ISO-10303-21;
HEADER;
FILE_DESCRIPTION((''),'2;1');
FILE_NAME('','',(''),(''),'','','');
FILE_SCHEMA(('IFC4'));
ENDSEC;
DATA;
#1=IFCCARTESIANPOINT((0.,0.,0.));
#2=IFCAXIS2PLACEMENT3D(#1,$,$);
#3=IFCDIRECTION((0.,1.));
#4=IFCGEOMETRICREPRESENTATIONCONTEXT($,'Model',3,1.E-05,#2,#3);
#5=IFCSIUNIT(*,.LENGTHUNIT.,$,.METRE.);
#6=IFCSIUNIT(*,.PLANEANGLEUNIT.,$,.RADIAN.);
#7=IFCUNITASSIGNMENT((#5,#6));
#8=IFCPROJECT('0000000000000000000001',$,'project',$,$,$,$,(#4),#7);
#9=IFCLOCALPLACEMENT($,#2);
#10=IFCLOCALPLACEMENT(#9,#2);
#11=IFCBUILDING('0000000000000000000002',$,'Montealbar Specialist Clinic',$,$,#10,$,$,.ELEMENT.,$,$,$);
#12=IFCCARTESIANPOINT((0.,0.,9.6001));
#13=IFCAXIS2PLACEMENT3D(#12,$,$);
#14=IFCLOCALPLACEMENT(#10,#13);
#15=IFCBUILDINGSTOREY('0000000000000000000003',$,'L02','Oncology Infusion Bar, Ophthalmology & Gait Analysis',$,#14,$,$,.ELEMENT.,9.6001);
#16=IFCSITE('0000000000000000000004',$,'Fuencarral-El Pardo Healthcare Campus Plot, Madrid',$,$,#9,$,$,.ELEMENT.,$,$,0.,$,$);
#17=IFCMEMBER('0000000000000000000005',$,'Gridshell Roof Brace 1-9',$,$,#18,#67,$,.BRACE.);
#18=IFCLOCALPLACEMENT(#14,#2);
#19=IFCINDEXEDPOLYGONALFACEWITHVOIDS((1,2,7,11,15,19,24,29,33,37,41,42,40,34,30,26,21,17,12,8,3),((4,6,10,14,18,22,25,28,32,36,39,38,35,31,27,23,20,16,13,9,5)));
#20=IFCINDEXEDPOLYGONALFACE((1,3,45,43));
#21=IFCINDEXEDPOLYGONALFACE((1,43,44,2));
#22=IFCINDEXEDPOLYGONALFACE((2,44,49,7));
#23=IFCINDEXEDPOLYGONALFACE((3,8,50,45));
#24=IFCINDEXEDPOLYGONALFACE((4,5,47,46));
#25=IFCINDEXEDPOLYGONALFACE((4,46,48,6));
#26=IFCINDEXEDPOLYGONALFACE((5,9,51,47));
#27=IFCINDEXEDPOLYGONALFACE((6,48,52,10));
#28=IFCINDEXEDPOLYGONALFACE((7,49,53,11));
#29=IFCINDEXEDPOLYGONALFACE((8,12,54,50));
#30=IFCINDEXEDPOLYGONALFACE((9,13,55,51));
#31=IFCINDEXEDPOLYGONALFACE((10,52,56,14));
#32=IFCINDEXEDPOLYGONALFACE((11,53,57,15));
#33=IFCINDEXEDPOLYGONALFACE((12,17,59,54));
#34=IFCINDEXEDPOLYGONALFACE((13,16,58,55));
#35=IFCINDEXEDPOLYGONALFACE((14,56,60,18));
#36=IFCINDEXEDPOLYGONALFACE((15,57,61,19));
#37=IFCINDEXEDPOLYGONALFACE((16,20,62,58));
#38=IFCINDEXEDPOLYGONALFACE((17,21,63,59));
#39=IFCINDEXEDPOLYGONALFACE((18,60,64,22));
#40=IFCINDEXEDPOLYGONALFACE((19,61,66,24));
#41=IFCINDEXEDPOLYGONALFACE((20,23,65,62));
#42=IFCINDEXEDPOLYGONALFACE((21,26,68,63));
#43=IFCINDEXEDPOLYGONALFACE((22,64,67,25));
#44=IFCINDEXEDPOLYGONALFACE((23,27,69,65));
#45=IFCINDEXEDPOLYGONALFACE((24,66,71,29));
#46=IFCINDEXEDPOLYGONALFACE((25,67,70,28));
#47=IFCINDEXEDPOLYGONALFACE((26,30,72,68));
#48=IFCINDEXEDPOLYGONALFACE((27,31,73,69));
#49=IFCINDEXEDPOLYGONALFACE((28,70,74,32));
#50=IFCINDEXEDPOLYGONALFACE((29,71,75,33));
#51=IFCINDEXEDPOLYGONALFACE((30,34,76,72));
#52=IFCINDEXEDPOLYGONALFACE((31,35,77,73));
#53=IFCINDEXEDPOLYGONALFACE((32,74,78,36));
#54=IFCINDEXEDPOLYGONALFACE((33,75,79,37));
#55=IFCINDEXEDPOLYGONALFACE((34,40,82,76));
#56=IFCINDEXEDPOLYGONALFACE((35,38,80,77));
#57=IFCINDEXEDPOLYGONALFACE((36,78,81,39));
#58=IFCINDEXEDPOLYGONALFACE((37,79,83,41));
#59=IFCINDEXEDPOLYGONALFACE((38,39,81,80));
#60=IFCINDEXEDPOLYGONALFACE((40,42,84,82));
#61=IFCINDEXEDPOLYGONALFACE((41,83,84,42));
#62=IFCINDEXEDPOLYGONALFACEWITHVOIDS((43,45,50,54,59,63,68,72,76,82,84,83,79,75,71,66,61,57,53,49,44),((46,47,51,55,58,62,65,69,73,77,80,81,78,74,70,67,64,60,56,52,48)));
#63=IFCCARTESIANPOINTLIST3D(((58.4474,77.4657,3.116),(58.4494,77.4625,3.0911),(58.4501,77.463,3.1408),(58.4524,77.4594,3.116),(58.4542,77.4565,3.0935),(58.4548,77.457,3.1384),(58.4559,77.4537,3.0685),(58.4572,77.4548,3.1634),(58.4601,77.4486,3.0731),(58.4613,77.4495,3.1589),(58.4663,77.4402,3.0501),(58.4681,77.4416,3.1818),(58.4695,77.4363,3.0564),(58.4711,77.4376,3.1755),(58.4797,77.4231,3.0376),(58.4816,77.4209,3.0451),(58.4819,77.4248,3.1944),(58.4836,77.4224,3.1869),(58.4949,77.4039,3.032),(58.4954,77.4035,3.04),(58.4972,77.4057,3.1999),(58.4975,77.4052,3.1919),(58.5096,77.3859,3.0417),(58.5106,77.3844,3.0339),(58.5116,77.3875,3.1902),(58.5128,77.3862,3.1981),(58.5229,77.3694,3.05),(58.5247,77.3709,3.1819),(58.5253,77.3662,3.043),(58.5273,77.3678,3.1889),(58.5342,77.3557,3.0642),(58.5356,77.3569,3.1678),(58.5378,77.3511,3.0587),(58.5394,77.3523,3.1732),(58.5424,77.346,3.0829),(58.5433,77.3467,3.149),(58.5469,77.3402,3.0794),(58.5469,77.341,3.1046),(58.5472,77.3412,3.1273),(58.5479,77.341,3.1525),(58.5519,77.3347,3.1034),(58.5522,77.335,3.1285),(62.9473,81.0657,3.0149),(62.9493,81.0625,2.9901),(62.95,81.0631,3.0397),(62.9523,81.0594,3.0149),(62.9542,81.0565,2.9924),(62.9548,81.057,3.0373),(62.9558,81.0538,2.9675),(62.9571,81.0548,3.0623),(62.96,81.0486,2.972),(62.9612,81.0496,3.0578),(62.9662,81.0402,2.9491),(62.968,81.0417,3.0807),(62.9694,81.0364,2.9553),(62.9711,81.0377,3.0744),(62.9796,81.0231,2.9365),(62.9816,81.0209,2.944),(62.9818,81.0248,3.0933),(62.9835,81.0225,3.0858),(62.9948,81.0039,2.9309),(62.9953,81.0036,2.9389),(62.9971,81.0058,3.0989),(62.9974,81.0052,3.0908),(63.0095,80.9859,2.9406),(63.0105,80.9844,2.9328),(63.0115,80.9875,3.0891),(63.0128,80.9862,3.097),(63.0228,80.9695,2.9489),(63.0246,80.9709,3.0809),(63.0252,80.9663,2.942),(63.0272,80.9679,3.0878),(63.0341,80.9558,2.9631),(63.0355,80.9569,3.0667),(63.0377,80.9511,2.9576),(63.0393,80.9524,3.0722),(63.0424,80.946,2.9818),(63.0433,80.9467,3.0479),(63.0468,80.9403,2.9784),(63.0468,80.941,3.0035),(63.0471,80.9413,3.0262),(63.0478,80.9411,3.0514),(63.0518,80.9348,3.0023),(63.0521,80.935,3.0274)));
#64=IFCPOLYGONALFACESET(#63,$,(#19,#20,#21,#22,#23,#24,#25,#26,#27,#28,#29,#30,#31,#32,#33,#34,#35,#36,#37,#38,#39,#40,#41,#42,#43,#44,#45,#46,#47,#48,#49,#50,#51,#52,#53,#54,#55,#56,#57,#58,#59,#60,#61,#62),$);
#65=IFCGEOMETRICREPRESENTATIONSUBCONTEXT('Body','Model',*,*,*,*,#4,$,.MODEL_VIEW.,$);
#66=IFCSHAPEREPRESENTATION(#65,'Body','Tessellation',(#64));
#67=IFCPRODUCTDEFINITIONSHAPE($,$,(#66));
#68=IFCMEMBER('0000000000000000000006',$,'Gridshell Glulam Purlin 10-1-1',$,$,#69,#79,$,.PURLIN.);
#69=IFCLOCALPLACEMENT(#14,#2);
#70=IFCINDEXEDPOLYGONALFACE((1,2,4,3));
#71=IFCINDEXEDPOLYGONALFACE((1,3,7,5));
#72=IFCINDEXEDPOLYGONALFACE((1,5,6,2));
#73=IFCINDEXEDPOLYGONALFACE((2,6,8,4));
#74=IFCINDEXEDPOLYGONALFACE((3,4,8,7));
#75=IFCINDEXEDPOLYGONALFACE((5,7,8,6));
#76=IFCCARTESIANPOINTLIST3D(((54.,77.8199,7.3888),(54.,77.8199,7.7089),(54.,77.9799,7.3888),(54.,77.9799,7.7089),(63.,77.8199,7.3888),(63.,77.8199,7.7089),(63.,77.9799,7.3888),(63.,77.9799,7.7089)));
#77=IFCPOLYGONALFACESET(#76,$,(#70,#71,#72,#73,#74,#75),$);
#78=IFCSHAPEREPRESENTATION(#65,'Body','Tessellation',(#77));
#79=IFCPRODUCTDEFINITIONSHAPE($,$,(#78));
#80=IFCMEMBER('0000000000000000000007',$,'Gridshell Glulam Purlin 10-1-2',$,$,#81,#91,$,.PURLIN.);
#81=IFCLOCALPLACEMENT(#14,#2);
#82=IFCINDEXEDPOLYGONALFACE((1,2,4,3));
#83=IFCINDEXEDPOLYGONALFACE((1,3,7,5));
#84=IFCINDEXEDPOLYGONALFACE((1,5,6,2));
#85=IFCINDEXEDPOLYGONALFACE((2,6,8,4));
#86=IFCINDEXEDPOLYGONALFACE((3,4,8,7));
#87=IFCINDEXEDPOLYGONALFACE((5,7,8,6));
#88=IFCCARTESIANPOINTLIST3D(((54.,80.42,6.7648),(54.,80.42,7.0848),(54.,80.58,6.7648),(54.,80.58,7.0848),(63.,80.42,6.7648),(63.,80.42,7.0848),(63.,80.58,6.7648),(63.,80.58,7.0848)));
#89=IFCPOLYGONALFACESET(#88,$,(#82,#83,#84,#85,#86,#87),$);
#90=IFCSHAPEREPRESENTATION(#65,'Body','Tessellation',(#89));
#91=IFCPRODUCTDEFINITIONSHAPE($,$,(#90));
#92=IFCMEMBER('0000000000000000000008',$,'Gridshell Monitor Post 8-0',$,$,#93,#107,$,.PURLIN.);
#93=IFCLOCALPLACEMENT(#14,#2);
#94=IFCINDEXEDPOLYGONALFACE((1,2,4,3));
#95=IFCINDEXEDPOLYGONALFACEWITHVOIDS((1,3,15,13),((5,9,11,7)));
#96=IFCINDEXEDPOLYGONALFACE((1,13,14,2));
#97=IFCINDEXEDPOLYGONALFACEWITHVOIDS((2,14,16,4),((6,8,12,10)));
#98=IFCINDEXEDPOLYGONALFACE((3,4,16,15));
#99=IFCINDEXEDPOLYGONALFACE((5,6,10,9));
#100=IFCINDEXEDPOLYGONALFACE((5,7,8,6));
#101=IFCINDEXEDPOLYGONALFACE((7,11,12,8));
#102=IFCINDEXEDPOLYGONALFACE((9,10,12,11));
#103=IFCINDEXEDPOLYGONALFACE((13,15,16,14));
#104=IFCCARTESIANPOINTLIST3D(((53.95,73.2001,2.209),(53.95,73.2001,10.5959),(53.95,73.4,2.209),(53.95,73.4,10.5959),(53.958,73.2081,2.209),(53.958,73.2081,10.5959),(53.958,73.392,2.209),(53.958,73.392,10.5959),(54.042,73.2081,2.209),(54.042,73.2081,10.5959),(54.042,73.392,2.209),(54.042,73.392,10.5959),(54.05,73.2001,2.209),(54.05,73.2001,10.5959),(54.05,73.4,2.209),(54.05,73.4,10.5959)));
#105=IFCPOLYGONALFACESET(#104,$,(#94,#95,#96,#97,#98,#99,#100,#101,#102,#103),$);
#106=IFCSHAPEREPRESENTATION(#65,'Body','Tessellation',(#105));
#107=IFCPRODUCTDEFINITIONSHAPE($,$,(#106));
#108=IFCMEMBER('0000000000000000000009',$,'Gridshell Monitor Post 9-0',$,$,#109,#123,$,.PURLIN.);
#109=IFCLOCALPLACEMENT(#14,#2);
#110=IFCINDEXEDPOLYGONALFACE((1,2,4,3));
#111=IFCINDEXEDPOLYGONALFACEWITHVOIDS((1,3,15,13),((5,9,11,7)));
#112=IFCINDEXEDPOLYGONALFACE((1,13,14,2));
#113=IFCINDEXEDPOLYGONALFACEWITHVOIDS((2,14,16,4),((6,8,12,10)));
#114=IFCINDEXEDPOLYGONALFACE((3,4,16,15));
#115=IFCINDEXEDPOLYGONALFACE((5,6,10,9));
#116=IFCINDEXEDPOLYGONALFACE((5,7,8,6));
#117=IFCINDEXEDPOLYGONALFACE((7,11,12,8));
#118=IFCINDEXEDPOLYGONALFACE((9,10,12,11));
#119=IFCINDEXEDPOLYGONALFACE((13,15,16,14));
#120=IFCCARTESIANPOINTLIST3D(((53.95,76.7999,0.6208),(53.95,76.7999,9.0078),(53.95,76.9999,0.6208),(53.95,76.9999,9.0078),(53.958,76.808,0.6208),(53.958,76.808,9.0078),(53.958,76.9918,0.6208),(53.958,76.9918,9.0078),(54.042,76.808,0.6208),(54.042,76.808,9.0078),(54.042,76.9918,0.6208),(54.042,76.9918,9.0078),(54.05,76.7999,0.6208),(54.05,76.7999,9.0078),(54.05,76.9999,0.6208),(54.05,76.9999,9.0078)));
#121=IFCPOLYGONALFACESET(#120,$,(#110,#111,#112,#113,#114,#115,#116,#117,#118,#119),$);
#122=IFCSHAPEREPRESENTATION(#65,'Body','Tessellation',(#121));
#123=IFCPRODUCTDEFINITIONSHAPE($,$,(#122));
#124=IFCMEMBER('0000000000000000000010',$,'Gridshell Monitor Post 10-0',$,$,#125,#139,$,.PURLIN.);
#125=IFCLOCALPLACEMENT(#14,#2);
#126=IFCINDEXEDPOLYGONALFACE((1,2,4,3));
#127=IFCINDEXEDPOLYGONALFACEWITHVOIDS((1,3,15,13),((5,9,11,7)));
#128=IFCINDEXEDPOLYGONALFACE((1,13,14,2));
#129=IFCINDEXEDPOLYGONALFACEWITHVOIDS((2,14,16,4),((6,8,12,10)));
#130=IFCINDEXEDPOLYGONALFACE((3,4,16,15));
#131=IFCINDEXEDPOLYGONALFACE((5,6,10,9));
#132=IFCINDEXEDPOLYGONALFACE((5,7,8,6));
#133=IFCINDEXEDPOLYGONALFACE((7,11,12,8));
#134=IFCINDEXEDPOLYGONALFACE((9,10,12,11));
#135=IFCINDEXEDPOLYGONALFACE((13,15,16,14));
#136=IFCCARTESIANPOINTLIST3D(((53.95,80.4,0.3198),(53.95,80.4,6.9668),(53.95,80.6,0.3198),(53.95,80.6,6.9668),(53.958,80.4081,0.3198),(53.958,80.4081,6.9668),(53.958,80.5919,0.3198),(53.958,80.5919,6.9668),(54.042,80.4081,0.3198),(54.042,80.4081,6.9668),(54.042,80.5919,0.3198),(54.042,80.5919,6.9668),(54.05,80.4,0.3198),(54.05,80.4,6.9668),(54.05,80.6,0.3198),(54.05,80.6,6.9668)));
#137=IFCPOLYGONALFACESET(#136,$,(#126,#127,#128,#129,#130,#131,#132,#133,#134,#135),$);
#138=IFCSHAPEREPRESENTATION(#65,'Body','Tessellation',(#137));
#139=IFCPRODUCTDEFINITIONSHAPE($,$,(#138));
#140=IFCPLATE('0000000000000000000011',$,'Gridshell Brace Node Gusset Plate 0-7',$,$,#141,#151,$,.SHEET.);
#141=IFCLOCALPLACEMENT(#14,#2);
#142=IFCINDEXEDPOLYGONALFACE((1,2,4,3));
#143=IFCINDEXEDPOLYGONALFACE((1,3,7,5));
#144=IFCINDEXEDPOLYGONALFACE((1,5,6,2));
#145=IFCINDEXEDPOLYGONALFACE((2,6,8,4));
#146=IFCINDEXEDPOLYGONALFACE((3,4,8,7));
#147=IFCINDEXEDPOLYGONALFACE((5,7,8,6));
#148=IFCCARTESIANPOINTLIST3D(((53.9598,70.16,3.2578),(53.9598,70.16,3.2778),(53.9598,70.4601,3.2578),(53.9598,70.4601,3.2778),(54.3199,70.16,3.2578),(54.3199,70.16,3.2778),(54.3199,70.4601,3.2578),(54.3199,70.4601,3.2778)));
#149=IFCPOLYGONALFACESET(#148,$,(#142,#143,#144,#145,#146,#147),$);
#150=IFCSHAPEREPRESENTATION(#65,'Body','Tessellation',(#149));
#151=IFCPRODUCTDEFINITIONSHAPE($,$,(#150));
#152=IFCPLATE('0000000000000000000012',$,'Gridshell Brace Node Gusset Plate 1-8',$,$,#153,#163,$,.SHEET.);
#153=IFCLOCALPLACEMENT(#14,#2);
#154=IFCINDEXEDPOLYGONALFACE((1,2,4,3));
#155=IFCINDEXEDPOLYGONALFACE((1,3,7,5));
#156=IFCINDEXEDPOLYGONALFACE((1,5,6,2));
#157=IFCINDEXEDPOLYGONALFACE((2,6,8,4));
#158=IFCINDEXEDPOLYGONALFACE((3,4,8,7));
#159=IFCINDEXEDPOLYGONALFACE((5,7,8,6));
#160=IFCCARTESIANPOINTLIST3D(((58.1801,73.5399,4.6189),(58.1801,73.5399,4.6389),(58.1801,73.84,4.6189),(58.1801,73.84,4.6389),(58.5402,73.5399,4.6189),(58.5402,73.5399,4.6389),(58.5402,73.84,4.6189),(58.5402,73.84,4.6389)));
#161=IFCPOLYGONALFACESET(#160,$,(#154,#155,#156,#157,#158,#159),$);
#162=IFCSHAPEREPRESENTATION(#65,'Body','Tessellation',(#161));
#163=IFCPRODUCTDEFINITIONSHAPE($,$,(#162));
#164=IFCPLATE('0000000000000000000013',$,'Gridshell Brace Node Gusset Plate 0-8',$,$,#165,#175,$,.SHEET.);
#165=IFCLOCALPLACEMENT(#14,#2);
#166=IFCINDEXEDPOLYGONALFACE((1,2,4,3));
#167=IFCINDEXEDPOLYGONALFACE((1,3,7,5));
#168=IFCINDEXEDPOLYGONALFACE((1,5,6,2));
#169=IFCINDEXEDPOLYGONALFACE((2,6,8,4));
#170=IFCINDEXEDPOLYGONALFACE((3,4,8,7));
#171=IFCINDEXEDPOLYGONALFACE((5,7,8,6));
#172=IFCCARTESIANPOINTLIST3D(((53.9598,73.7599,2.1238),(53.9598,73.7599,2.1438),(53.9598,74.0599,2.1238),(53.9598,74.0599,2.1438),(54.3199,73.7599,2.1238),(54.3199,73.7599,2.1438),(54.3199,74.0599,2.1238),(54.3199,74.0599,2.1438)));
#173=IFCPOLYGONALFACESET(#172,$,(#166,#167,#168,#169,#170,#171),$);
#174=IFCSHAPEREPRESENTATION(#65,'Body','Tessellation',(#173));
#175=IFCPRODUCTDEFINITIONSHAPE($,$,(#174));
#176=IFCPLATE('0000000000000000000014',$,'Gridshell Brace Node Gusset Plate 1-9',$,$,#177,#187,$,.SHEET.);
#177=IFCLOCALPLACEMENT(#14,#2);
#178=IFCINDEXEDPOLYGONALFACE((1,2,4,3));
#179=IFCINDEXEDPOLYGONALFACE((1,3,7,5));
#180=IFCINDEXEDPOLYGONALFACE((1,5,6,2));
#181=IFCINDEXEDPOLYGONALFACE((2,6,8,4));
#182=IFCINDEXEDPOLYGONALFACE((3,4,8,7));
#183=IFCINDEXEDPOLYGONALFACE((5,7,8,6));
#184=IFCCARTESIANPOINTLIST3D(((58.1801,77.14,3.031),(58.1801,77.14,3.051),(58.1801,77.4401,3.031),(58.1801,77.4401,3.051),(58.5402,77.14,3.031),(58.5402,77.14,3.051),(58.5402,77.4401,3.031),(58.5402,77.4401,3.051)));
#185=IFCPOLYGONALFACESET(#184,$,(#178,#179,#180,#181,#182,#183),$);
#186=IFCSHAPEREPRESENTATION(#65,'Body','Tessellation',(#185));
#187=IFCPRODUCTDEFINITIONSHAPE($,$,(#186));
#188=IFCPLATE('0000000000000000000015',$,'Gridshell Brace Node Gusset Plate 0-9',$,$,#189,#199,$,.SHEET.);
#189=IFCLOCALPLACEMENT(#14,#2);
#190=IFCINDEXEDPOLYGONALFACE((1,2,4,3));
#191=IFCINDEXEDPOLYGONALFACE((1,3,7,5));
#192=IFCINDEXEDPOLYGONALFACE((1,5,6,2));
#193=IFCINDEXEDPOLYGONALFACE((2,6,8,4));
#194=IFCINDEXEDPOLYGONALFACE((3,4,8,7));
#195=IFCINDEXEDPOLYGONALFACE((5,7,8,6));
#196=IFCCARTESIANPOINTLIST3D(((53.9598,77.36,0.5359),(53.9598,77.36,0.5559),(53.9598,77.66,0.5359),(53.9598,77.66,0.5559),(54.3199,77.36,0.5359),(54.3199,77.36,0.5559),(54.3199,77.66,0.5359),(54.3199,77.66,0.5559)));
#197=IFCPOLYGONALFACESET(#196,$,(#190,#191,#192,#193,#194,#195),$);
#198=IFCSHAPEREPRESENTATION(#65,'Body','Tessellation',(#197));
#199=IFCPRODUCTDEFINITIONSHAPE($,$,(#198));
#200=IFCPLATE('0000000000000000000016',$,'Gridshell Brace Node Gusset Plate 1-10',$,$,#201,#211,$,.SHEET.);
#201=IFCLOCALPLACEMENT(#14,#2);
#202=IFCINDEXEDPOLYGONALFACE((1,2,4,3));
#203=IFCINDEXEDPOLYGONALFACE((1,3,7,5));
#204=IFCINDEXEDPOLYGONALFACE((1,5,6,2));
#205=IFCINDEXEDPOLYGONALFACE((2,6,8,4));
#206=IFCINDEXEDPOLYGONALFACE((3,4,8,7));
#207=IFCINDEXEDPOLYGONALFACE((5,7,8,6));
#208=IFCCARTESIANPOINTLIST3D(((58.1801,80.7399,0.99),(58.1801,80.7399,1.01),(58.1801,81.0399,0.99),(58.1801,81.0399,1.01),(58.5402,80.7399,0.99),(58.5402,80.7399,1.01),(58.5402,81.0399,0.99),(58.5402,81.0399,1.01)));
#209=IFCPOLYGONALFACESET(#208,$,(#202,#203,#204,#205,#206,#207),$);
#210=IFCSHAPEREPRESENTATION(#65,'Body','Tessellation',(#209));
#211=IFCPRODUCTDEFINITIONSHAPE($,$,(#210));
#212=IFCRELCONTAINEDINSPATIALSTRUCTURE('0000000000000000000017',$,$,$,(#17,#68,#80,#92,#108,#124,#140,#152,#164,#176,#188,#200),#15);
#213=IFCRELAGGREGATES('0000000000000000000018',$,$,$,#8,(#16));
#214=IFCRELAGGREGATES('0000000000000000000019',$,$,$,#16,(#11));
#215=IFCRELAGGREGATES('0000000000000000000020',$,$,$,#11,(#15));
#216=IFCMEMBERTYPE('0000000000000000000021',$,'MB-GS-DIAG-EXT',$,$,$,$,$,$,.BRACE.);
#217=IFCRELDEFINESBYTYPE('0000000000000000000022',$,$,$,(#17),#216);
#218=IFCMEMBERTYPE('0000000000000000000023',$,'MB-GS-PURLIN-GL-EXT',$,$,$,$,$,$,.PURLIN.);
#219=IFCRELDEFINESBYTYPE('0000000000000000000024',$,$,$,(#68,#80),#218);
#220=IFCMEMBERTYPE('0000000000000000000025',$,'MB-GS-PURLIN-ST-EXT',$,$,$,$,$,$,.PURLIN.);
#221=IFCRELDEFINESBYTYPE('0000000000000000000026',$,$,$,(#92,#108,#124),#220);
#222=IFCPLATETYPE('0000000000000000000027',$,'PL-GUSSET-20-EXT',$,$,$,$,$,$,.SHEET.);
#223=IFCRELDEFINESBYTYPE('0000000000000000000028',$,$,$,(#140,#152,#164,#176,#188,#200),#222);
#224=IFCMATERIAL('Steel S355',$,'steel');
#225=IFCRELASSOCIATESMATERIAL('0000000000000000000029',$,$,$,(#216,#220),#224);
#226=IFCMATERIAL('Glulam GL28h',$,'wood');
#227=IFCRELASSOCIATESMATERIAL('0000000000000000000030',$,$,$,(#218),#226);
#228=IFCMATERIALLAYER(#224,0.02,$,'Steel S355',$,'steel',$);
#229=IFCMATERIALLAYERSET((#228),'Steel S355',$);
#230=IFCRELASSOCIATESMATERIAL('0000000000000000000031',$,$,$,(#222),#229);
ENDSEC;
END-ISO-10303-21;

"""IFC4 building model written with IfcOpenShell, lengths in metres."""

from ifc_helpers import new_model, si_unit, direction, frame, origin, origin_2d, place, context, subcontext, project, spatial, rectangle, hollow_rectangle, hollow_circle, extrude, material, layer, layer_set, material_profile, profile_set, type_object, element, save


model = new_model("IFC4")

# Units and contexts
model_context = context("Model", 3, precision=1e-05, world=origin(), true_north=direction((0.0, 1.0)))
body_context = subcontext(model_context, "Body", "Model", "MODEL_VIEW")
ifc_project = project(units=[si_unit("LENGTHUNIT", "METRE"), si_unit("PLANEANGLEUNIT", "RADIAN")], contexts=[model_context])

# Site, building, storey
site_placement = place(None, origin())
site = spatial("IfcSite", under=ifc_project, at=site_placement, Name="Fuencarral-El Pardo Healthcare Campus Plot, Madrid", CompositionType="ELEMENT", RefElevation=0.0)
building_placement = place(site_placement, origin())
building = spatial("IfcBuilding", under=site, at=building_placement, Name="Montealbar Specialist Clinic", CompositionType="ELEMENT")
storey_placement = place(building_placement, frame((0.0, 0.0, 9.6001)))
storey = spatial("IfcBuildingStorey", under=building, at=storey_placement, Name="L02", Description="Oncology Infusion Bar, Ophthalmology & Gait Analysis", CompositionType="ELEMENT", Elevation=9.6001)

# Shared definitions
ifc_material_1 = material(Name="Steel S355", Category="steel")
ifc_material_2 = material(Name="Glulam GL28h", Category="wood")

# Members
ifc_material_profile_1 = material_profile(ifc_material_1, hollow_circle(Radius=0.0842, WallThickness=0.0081, at=origin_2d()), Name="CHS 168.3x8.0", Category="steel")
ifc_profile_set_1 = profile_set([ifc_material_profile_1], Name="Steel S355")
member_type_1 = type_object("IfcMemberType", Name="MB-GS-DIAG-EXT", PredefinedType="BRACE", material=ifc_profile_set_1)
member_1_placement = place(storey_placement, frame((58.5, 77.3999, 3.116), z_axis=(0.78074, 0.624609, -0.017536), x_axis=(-0.624705, 0.780861, 0.0)))
element("IfcMember", 1, at=member_1_placement, inside=storey, type_object=member_type_1, Name="Gridshell Roof Brace 1-9", PredefinedType="BRACE", context=body_context, shape_type="SweptSolid", body=[
    extrude(hollow_circle(Radius=0.0842, WallThickness=0.0081, at=origin_2d()), origin(), (0.0, 0.0, 1.0), 5.7637),
])
ifc_material_profile_2 = material_profile(ifc_material_2, rectangle(XDim=0.1599, YDim=0.3201, at=origin_2d()), Name="GL28h 160x320", Category="wood")
ifc_profile_set_2 = profile_set([ifc_material_profile_2], Name="Glulam GL28h")
member_type_2 = type_object("IfcMemberType", Name="MB-GS-PURLIN-GL-EXT", PredefinedType="PURLIN", material=ifc_profile_set_2)
for number, where, z_axis, x_axis, name in (
    (2, (54.0, 77.8999, 7.5488), (1.0, 0.0, 0.0), (0.0, 1.0, 0.0), "Gridshell Glulam Purlin 10-1-1"),
    (3, (54.0, 80.5, 6.9248), (1.0, 0.0, 0.0), (0.0, 1.0, 0.0), "Gridshell Glulam Purlin 10-1-2"),
):
    element("IfcMember", number, at=place(storey_placement, frame(where, z_axis=z_axis, x_axis=x_axis)), inside=storey, type_object=member_type_2, Name=name, PredefinedType="PURLIN", context=body_context, shape_type="SweptSolid", body=[
        extrude(rectangle(XDim=0.1599, YDim=0.3201, at=origin_2d()), origin(), (0.0, 0.0, 1.0), 9.0),
    ])
ifc_material_profile_3 = material_profile(ifc_material_1, hollow_rectangle(XDim=0.1001, YDim=0.2, WallThickness=0.0081, at=origin_2d()), Name="RHS 200x100x8", Category="steel")
ifc_profile_set_3 = profile_set([ifc_material_profile_3], Name="Steel S355")
member_type_3 = type_object("IfcMemberType", Name="MB-GS-PURLIN-ST-EXT", PredefinedType="PURLIN", material=ifc_profile_set_3)
for number, where, z_axis, x_axis, name in (
    (4, (54.0, 73.3, 2.209), (0.0, 0.0, 1.0), (1.0, 0.0, 0.0), "Gridshell Monitor Post 8-0"),
    (5, (54.0, 76.8999, 0.6208), (0.0, 0.0, 1.0), (1.0, 0.0, 0.0), "Gridshell Monitor Post 9-0"),
):
    element("IfcMember", number, at=place(storey_placement, frame(where, z_axis=z_axis, x_axis=x_axis)), inside=storey, type_object=member_type_3, Name=name, PredefinedType="PURLIN", context=body_context, shape_type="SweptSolid", body=[
        extrude(hollow_rectangle(XDim=0.1001, YDim=0.2, WallThickness=0.0081, at=origin_2d()), origin(), (0.0, 0.0, 1.0), 8.387),
    ])
member_2_placement = place(storey_placement, frame((54.0, 80.5, 0.3198), z_axis=(0.0, 0.0, 1.0), x_axis=(1.0, 0.0, 0.0)))
element("IfcMember", 6, at=member_2_placement, inside=storey, type_object=member_type_3, Name="Gridshell Monitor Post 10-0", PredefinedType="PURLIN", context=body_context, shape_type="SweptSolid", body=[
    extrude(hollow_rectangle(XDim=0.1001, YDim=0.2, WallThickness=0.0081, at=origin_2d()), origin(), (0.0, 0.0, 1.0), 6.647),
])

# Plates
ifc_layer_1 = layer(ifc_material_1, 0.02, Name="Steel S355", Category="steel")
ifc_layer_set_1 = layer_set([ifc_layer_1], Name="Steel S355")
plate_type = type_object("IfcPlateType", Name="PL-GUSSET-20-EXT", PredefinedType="SHEET", material=ifc_layer_set_1)
for number, where, z_axis, x_axis, name in (
    (7, (54.1399, 70.3101, 3.2578), (0.0, 0.0, 1.0), (1.0, 0.0, 0.0), "Gridshell Brace Node Gusset Plate 0-7"),
    (8, (58.3601, 73.6899, 4.6189), (0.0, 0.0, 1.0), (1.0, 0.0, 0.0), "Gridshell Brace Node Gusset Plate 1-8"),
    (9, (54.1399, 73.9099, 2.1238), (0.0, 0.0, 1.0), (1.0, 0.0, 0.0), "Gridshell Brace Node Gusset Plate 0-8"),
    (10, (58.3601, 77.29, 3.031), (0.0, 0.0, 1.0), (1.0, 0.0, 0.0), "Gridshell Brace Node Gusset Plate 1-9"),
    (11, (54.1399, 77.51, 0.5359), (0.0, 0.0, 1.0), (1.0, 0.0, 0.0), "Gridshell Brace Node Gusset Plate 0-9"),
    (12, (58.3601, 80.8899, 0.99), (0.0, 0.0, 1.0), (1.0, 0.0, 0.0), "Gridshell Brace Node Gusset Plate 1-10"),
):
    element("IfcPlate", number, at=place(storey_placement, frame(where, z_axis=z_axis, x_axis=x_axis)), inside=storey, type_object=plate_type, Name=name, PredefinedType="SHEET", context=body_context, shape_type="SweptSolid", body=[
        extrude(rectangle(XDim=0.3601, YDim=0.3, at=origin_2d()), origin(), (0.0, 0.0, 1.0), 0.02),
    ])

save(model, "model.ifc")
